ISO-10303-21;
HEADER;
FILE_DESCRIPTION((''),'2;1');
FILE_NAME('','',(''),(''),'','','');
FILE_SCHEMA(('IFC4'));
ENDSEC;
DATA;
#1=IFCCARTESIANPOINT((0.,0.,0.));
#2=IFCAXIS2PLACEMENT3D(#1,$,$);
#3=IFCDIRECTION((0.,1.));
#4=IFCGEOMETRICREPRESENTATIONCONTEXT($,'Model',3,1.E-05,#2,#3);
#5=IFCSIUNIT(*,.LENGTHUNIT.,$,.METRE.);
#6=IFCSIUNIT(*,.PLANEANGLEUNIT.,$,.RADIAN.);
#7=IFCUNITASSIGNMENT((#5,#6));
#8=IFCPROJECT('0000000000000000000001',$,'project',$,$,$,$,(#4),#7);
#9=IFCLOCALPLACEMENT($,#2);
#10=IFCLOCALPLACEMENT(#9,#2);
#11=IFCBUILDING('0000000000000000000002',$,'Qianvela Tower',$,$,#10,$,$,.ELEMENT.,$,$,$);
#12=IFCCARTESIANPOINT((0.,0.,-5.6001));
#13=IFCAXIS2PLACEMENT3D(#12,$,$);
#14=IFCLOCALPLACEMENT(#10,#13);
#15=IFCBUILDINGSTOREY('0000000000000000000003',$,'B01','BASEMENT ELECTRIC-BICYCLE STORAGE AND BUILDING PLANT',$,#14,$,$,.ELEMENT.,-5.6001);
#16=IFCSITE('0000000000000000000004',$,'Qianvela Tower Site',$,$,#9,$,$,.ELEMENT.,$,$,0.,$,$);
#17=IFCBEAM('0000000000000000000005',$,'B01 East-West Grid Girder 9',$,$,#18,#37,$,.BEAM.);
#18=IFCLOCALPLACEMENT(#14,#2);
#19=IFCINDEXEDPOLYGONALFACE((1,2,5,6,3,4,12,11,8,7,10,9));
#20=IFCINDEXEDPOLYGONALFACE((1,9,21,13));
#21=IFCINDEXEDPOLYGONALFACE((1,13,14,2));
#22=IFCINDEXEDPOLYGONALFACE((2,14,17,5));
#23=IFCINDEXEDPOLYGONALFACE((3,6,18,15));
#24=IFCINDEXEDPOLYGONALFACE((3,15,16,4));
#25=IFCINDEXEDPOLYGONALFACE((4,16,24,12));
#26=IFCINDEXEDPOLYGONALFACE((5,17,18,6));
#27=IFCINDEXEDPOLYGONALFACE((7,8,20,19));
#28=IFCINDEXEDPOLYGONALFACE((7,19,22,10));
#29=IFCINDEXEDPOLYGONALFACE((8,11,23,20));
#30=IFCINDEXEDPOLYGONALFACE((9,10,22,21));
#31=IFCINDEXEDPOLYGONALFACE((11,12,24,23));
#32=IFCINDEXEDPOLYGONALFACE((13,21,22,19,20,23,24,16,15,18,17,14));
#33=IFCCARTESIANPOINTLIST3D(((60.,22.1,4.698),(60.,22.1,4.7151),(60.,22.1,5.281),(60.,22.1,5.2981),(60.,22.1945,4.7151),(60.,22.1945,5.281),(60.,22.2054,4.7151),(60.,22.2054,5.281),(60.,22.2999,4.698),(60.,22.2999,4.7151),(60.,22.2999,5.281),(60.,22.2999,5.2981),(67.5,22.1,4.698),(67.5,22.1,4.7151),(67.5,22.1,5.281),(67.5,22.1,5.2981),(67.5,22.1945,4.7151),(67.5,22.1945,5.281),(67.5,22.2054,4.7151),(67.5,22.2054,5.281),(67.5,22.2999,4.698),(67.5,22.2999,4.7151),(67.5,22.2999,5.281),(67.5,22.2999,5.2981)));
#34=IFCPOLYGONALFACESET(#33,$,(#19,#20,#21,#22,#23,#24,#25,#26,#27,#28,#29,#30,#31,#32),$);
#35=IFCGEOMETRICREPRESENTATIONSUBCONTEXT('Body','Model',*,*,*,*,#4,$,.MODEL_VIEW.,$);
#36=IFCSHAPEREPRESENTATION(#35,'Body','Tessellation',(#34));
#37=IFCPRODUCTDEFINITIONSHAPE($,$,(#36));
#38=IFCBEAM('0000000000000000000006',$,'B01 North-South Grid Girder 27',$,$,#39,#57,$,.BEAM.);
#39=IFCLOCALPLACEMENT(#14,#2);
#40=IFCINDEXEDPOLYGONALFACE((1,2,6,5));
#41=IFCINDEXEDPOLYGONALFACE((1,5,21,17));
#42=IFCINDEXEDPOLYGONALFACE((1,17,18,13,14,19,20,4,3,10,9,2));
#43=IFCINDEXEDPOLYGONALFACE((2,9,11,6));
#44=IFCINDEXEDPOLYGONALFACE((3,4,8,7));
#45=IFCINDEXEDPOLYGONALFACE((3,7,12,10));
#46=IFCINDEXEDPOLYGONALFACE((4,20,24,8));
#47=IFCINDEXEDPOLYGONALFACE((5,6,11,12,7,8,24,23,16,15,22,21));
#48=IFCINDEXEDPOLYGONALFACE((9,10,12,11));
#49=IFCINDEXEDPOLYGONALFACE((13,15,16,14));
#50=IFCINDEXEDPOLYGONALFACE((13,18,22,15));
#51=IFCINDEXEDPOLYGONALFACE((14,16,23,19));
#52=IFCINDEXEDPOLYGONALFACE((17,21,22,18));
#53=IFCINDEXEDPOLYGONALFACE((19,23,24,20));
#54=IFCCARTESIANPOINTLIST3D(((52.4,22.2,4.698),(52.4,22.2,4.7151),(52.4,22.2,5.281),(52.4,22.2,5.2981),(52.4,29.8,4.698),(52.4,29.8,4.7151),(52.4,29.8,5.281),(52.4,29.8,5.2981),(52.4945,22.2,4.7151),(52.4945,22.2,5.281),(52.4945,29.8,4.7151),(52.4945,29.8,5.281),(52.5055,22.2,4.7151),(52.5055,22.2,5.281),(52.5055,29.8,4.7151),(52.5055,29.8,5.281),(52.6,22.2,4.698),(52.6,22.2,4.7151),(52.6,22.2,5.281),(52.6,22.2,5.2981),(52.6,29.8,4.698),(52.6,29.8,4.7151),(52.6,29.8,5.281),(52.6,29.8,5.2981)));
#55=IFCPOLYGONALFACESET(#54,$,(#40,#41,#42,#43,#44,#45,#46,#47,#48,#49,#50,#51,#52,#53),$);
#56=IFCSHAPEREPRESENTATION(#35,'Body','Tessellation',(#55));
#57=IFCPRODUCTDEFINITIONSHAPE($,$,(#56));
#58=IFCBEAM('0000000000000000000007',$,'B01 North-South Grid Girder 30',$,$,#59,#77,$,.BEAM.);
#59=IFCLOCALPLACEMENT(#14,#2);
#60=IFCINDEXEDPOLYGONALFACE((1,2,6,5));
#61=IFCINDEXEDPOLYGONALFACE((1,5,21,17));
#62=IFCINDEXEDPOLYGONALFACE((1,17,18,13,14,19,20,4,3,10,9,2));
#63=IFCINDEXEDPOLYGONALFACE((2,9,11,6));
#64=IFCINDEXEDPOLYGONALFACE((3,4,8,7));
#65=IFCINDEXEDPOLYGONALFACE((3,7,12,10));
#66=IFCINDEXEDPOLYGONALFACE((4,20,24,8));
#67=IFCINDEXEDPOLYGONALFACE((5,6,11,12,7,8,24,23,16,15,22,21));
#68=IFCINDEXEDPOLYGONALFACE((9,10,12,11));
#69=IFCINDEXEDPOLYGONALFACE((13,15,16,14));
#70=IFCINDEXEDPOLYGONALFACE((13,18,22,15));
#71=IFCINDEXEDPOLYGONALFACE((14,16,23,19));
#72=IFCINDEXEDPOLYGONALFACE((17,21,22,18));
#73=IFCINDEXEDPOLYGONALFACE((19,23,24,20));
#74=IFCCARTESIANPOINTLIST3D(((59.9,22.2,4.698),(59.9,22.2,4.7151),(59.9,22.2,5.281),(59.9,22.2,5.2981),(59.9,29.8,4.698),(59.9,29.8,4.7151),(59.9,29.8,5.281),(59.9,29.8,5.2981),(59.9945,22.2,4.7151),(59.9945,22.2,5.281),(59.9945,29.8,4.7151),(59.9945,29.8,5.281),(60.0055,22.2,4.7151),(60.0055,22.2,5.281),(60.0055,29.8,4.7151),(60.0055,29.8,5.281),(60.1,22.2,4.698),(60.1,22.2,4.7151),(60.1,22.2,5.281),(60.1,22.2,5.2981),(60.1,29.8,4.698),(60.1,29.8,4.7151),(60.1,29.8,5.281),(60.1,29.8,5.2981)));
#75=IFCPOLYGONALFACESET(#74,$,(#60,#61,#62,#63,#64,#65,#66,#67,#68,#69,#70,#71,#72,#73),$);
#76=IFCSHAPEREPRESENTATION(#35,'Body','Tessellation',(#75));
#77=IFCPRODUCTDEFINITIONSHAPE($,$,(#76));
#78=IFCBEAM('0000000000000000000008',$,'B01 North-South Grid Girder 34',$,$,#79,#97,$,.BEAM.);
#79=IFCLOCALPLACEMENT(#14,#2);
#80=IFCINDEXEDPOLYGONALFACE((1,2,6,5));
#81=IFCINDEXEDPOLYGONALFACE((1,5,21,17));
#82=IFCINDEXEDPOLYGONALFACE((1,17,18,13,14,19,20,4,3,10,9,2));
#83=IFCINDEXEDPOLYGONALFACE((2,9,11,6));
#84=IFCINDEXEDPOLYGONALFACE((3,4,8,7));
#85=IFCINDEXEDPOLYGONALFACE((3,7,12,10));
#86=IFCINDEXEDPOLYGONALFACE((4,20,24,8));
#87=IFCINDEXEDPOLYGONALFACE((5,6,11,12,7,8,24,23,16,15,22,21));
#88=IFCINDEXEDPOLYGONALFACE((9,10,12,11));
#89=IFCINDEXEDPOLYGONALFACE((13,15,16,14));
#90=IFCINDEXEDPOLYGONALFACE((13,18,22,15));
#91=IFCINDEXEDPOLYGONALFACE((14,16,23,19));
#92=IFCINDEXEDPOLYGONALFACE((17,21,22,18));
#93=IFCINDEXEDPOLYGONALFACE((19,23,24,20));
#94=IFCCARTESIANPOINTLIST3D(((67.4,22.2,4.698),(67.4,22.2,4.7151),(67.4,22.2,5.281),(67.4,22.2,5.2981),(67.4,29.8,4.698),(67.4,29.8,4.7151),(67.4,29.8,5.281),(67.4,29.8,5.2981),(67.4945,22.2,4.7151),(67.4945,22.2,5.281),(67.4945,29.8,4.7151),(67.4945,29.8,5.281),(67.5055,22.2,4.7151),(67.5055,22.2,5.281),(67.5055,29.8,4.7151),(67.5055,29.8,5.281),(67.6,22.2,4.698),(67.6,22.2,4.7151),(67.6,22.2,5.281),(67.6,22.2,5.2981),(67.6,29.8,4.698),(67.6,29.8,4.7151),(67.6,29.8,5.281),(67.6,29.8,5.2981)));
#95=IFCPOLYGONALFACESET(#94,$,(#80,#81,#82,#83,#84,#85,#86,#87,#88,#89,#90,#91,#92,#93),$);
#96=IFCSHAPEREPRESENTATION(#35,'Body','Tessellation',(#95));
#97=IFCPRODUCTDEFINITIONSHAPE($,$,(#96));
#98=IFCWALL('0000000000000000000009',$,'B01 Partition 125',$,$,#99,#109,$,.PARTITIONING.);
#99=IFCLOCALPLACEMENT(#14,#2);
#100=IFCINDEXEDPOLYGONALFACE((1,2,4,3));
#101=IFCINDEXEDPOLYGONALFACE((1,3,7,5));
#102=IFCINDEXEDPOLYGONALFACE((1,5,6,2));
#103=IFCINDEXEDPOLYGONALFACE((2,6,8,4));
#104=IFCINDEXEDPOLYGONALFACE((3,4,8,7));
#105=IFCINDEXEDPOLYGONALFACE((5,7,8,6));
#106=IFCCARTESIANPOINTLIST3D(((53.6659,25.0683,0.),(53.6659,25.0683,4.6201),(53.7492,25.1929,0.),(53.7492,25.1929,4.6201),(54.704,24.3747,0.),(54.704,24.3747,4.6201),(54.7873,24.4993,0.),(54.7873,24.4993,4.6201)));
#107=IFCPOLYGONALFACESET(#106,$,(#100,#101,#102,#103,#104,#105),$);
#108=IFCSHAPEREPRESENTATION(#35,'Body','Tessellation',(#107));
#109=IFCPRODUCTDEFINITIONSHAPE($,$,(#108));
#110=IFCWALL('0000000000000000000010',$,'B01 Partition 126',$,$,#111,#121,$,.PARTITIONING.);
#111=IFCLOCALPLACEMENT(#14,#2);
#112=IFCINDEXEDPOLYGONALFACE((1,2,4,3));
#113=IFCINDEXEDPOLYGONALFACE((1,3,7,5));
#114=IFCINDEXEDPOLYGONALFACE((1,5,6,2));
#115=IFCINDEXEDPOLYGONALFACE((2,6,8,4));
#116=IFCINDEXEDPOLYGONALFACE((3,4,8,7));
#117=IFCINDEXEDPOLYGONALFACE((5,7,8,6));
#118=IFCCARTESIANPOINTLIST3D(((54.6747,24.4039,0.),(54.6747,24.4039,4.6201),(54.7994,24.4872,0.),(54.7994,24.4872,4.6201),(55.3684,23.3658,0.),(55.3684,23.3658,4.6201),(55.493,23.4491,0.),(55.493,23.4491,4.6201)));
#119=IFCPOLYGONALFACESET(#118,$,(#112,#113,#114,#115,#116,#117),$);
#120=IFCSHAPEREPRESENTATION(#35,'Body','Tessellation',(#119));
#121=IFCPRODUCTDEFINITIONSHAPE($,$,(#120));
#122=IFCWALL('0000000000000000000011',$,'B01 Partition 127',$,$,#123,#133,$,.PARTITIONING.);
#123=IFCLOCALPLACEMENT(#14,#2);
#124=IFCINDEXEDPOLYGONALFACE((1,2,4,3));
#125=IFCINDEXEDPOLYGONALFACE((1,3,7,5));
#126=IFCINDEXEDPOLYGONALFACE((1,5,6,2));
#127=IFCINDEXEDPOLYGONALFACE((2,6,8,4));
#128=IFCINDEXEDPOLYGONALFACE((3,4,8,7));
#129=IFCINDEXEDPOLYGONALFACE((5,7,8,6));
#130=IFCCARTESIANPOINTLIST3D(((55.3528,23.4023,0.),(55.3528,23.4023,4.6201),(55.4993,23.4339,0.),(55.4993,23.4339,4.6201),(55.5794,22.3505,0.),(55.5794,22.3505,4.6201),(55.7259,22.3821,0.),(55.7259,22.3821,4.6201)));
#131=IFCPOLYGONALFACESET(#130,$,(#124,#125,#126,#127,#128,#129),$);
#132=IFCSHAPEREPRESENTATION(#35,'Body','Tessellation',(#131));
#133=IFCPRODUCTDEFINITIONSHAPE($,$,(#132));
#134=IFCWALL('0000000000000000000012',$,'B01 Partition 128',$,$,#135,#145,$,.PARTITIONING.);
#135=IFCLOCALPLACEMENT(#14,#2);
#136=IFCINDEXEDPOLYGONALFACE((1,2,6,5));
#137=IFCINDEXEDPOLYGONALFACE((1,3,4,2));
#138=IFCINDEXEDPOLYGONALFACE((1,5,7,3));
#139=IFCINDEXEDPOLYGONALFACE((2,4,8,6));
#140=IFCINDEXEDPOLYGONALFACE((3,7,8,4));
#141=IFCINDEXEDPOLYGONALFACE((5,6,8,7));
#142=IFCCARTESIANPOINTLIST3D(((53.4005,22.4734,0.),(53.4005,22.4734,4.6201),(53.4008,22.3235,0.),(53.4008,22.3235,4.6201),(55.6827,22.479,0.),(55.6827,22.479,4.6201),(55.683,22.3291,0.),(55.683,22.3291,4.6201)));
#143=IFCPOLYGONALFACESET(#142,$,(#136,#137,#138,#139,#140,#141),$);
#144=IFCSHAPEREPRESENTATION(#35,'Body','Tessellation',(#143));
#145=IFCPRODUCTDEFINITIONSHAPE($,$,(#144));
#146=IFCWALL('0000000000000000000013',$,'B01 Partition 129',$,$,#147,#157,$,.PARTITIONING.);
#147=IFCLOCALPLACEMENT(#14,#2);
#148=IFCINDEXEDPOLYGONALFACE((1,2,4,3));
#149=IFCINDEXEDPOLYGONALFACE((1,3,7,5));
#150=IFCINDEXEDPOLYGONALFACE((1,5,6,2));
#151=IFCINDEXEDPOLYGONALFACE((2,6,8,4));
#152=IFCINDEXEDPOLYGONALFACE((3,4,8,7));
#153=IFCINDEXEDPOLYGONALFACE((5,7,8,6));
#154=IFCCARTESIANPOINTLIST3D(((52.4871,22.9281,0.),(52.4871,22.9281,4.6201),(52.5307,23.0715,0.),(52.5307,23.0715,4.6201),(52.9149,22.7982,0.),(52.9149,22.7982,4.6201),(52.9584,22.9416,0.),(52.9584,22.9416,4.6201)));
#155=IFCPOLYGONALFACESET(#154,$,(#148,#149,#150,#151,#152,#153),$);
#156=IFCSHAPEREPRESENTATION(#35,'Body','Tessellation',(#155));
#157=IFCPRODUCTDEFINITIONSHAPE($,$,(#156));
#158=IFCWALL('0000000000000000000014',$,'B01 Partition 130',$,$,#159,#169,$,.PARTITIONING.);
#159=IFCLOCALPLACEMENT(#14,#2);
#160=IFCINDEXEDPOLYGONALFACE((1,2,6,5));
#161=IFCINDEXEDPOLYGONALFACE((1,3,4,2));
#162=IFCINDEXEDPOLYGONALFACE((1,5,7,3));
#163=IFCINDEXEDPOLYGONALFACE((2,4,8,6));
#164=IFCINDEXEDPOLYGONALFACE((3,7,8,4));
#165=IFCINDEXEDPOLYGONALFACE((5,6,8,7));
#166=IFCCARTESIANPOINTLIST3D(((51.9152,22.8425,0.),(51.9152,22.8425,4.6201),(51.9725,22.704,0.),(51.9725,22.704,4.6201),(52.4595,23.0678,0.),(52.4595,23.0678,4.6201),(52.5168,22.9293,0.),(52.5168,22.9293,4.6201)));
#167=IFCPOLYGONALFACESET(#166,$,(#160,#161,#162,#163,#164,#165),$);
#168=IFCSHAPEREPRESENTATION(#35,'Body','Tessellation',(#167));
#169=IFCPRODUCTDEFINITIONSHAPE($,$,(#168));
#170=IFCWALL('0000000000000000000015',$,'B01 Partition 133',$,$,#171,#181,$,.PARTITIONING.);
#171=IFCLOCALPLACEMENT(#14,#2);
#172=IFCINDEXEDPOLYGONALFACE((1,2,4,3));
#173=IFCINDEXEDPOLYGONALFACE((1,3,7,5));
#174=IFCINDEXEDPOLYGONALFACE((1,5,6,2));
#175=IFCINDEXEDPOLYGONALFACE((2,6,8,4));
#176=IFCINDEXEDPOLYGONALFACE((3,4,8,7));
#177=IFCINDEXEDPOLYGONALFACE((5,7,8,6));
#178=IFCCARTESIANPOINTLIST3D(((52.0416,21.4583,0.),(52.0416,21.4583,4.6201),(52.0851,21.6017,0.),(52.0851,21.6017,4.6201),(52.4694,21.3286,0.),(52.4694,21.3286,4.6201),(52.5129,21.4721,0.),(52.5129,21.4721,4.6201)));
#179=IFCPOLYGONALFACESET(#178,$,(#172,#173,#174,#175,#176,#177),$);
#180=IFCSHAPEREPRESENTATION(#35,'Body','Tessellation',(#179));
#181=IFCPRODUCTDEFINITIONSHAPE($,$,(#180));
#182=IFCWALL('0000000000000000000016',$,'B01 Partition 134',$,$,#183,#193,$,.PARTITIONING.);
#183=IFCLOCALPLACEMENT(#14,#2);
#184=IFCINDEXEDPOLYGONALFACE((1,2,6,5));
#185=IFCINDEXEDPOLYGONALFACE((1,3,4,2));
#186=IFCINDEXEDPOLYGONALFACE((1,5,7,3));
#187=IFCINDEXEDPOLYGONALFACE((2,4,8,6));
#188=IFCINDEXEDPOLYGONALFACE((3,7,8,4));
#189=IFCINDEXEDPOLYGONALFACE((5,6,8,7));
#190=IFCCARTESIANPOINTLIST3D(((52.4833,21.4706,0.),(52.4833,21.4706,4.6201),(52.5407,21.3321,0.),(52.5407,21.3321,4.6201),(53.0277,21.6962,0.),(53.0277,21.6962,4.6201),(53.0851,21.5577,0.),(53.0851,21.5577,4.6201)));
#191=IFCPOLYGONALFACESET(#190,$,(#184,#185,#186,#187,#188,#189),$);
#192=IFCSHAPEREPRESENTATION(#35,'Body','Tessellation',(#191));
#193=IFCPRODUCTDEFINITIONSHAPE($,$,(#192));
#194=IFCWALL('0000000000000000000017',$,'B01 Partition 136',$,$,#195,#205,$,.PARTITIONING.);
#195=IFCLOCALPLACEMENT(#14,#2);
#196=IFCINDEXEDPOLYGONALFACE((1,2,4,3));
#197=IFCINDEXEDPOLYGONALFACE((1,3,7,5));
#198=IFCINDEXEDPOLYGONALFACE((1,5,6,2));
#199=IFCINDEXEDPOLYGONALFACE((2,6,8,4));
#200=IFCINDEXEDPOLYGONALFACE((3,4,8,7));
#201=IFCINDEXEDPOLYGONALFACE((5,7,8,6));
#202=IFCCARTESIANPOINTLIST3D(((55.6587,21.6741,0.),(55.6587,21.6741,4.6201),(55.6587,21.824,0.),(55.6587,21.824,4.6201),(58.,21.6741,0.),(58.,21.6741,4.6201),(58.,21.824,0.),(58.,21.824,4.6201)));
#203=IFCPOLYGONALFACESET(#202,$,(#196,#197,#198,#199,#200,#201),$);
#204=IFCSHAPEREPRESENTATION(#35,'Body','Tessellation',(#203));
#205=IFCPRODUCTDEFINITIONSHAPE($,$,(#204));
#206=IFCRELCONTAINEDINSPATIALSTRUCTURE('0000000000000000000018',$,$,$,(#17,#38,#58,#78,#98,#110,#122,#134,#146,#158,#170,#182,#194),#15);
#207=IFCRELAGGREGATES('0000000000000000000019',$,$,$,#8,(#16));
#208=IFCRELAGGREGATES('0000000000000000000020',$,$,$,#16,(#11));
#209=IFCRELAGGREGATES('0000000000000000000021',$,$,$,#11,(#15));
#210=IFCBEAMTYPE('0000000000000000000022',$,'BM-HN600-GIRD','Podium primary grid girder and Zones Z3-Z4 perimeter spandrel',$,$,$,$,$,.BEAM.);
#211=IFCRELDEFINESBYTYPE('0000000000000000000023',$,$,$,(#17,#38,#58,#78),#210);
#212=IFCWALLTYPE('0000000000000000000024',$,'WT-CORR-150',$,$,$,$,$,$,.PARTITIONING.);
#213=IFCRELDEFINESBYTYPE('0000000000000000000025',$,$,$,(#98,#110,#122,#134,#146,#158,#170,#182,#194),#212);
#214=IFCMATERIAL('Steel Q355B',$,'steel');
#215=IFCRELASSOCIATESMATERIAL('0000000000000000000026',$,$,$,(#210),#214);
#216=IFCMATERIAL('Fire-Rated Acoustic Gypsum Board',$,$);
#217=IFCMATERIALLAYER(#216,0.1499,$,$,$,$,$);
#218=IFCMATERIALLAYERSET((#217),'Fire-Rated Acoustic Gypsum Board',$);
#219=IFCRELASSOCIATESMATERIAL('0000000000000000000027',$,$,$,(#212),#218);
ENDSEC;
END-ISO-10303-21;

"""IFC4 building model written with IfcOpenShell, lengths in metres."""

from ifc_helpers import new_model, si_unit, direction, frame, frame_2d, origin, origin_2d, place, context, subcontext, project, spatial, rectangle, i_section, extrude, material, layer, layer_set, material_profile, profile_set, type_object, element, save


model = new_model("IFC4")

# Units and contexts
model_context = context("Model", 3, precision=1e-05, world=origin(), true_north=direction((0.0, 1.0)))
body_context = subcontext(model_context, "Body", "Model", "MODEL_VIEW")
ifc_project = project(units=[si_unit("LENGTHUNIT", "METRE"), si_unit("PLANEANGLEUNIT", "RADIAN")], contexts=[model_context])

# Site, building, storey
site_placement = place(None, origin())
site = spatial("IfcSite", under=ifc_project, at=site_placement, Name="Qianvela Tower Site", CompositionType="ELEMENT", RefElevation=0.0)
building_placement = place(site_placement, origin())
building = spatial("IfcBuilding", under=site, at=building_placement, Name="Qianvela Tower", CompositionType="ELEMENT")
storey_placement = place(building_placement, frame((0.0, 0.0, -5.6001)))
storey = spatial("IfcBuildingStorey", under=building, at=storey_placement, Name="B01", Description="BASEMENT ELECTRIC-BICYCLE STORAGE AND BUILDING PLANT", CompositionType="ELEMENT", Elevation=-5.6001)

# Beams
ifc_material_1 = material(Name="Steel Q355B", Category="steel")
ifc_material_profile_1 = material_profile(ifc_material_1, i_section(OverallWidth=0.2, OverallDepth=0.6001, WebThickness=0.011, FlangeThickness=0.0171, at=origin_2d()), Name="HN600x200x11x17")
ifc_profile_set_1 = profile_set([ifc_material_profile_1], Name="Steel Q355B")
beam_type_1 = type_object("IfcBeamType", Name="BM-HN600-GIRD", Description="Podium primary grid girder and Zones Z3-Z4 perimeter spandrel", PredefinedType="BEAM", material=ifc_profile_set_1)
for number, where, z_axis, x_axis, name in (
    (1, (60.0, 22.2, 4.998), (1.0, 0.0, 0.0), (0.0, 1.0, 0.0), "B01 East-West Grid Girder 9"),
):
    element("IfcBeam", number, at=place(storey_placement, frame(where, z_axis=z_axis, x_axis=x_axis)), inside=storey, type_object=beam_type_1, Name=name, PredefinedType="BEAM", context=body_context, shape_type="SweptSolid", body=[
        extrude(i_section(OverallWidth=0.2, OverallDepth=0.6001, WebThickness=0.011, FlangeThickness=0.0171, at=origin_2d()), origin(), (0.0, 0.0, 1.0), 7.5),
    ])
for number, where, z_axis, x_axis, name in (
    (2, (52.5, 22.2, 4.998), (0.0, 1.0, 0.0), (-1.0, 0.0, 0.0), "B01 North-South Grid Girder 27"),
    (3, (60.0, 22.2, 4.998), (0.0, 1.0, 0.0), (-1.0, 0.0, 0.0), "B01 North-South Grid Girder 30"),
    (4, (67.5, 22.2, 4.998), (0.0, 1.0, 0.0), (-1.0, 0.0, 0.0), "B01 North-South Grid Girder 34"),
):
    element("IfcBeam", number, at=place(storey_placement, frame(where, z_axis=z_axis, x_axis=x_axis)), inside=storey, type_object=beam_type_1, Name=name, PredefinedType="BEAM", context=body_context, shape_type="SweptSolid", body=[
        extrude(i_section(OverallWidth=0.2, OverallDepth=0.6001, WebThickness=0.011, FlangeThickness=0.0171, at=origin_2d()), origin(), (0.0, 0.0, 1.0), 7.6001),
    ])

# Walls
ifc_material_2 = material(Name="Fire-Rated Acoustic Gypsum Board")
ifc_layer = layer(ifc_material_2, 0.1499)
ifc_layer_set = layer_set([ifc_layer], Name="Fire-Rated Acoustic Gypsum Board")
wall_type = type_object("IfcWallType", Name="WT-CORR-150", PredefinedType="PARTITIONING", material=ifc_layer_set)
for number, where, z_axis, x_axis, name in (
    (5, (53.7075, 25.1306, 0.0), (0.0, 0.0, 1.0), (0.831478, -0.555557, 0.0), "B01 Partition 125"),
    (6, (54.7371, 24.4456, 0.0), (0.0, 0.0, 1.0), (0.555557, -0.831478, 0.0), "B01 Partition 126"),
):
    element("IfcWall", number, at=place(storey_placement, frame(where, z_axis=z_axis, x_axis=x_axis)), inside=storey, type_object=wall_type, Name=name, PredefinedType="PARTITIONING", context=body_context, shape_type="SweptSolid", body=[
        extrude(rectangle(XDim=1.2485, YDim=0.1499, at=frame_2d((0.6243, 0.0))), origin(), (0.0, 0.0, 1.0), 4.6201),
    ])
wall_1_placement = place(storey_placement, frame((55.426, 23.4182, 0.0), z_axis=(0.0, 0.0, 1.0), x_axis=(0.210583, -0.977576, 0.0)))
element("IfcWall", 7, at=wall_1_placement, inside=storey, type_object=wall_type, Name="B01 Partition 127", PredefinedType="PARTITIONING", context=body_context, shape_type="SweptSolid", body=[
    extrude(rectangle(XDim=1.0759, YDim=0.1499, at=frame_2d((0.5381, 0.0))), origin(), (0.0, 0.0, 1.0), 4.6201),
])
wall_2_placement = place(storey_placement, frame((55.6829, 22.4041, 0.0), z_axis=(0.0, 0.0, 1.0), x_axis=(-0.999997, -0.00246, 0.0)))
element("IfcWall", 8, at=wall_2_placement, inside=storey, type_object=wall_type, Name="B01 Partition 128", PredefinedType="PARTITIONING", context=body_context, shape_type="SweptSolid", body=[
    extrude(rectangle(XDim=2.2822, YDim=0.1499, at=frame_2d((1.1411, 0.0))), origin(), (0.0, 0.0, 1.0), 4.6201),
])
wall_3_placement = place(storey_placement, frame((52.9368, 22.8699, 0.0), z_axis=(0.0, 0.0, 1.0), x_axis=(-0.956859, 0.290553, 0.0)))
element("IfcWall", 9, at=wall_3_placement, inside=storey, type_object=wall_type, Name="B01 Partition 129", PredefinedType="PARTITIONING", context=body_context, shape_type="SweptSolid", body=[
    extrude(rectangle(XDim=0.447, YDim=0.1499, at=frame_2d((0.2236, 0.0))), origin(), (0.0, 0.0, 1.0), 4.6201),
])
wall_4_placement = place(storey_placement, frame((52.488, 22.9985, 0.0), z_axis=(0.0, 0.0, 1.0), x_axis=(-0.923981, -0.382437, 0.0)))
element("IfcWall", 10, at=wall_4_placement, inside=storey, type_object=wall_type, Name="B01 Partition 130", PredefinedType="PARTITIONING", context=body_context, shape_type="SweptSolid", body=[
    extrude(rectangle(XDim=0.5891, YDim=0.1499, at=frame_2d((0.2944, 0.0))), origin(), (0.0, 0.0, 1.0), 4.6201),
])
wall_5_placement = place(storey_placement, frame((52.0632, 21.53, 0.0), z_axis=(0.0, 0.0, 1.0), x_axis=(0.957011, -0.290053, 0.0)))
element("IfcWall", 11, at=wall_5_placement, inside=storey, type_object=wall_type, Name="B01 Partition 133", PredefinedType="PARTITIONING", context=body_context, shape_type="SweptSolid", body=[
    extrude(rectangle(XDim=0.447, YDim=0.1499, at=frame_2d((0.2236, 0.0))), origin(), (0.0, 0.0, 1.0), 4.6201),
])
wall_6_placement = place(storey_placement, frame((52.512, 21.4014, 0.0), z_axis=(0.0, 0.0, 1.0), x_axis=(0.923835, 0.382791, 0.0)))
element("IfcWall", 12, at=wall_6_placement, inside=storey, type_object=wall_type, Name="B01 Partition 134", PredefinedType="PARTITIONING", context=body_context, shape_type="SweptSolid", body=[
    extrude(rectangle(XDim=0.5894, YDim=0.1499, at=frame_2d((0.2947, 0.0))), origin(), (0.0, 0.0, 1.0), 4.6201),
])
wall_7_placement = place(storey_placement, frame((55.6587, 21.749, 0.0), z_axis=(0.0, 0.0, 1.0), x_axis=(1.0, 0.0, 0.0)))
element("IfcWall", 13, at=wall_7_placement, inside=storey, type_object=wall_type, Name="B01 Partition 136", PredefinedType="PARTITIONING", context=body_context, shape_type="SweptSolid", body=[
    extrude(rectangle(XDim=2.3413, YDim=0.1499, at=frame_2d((1.1707, 0.0))), origin(), (0.0, 0.0, 1.0), 4.6201),
])

save(model, "model.ifc")
